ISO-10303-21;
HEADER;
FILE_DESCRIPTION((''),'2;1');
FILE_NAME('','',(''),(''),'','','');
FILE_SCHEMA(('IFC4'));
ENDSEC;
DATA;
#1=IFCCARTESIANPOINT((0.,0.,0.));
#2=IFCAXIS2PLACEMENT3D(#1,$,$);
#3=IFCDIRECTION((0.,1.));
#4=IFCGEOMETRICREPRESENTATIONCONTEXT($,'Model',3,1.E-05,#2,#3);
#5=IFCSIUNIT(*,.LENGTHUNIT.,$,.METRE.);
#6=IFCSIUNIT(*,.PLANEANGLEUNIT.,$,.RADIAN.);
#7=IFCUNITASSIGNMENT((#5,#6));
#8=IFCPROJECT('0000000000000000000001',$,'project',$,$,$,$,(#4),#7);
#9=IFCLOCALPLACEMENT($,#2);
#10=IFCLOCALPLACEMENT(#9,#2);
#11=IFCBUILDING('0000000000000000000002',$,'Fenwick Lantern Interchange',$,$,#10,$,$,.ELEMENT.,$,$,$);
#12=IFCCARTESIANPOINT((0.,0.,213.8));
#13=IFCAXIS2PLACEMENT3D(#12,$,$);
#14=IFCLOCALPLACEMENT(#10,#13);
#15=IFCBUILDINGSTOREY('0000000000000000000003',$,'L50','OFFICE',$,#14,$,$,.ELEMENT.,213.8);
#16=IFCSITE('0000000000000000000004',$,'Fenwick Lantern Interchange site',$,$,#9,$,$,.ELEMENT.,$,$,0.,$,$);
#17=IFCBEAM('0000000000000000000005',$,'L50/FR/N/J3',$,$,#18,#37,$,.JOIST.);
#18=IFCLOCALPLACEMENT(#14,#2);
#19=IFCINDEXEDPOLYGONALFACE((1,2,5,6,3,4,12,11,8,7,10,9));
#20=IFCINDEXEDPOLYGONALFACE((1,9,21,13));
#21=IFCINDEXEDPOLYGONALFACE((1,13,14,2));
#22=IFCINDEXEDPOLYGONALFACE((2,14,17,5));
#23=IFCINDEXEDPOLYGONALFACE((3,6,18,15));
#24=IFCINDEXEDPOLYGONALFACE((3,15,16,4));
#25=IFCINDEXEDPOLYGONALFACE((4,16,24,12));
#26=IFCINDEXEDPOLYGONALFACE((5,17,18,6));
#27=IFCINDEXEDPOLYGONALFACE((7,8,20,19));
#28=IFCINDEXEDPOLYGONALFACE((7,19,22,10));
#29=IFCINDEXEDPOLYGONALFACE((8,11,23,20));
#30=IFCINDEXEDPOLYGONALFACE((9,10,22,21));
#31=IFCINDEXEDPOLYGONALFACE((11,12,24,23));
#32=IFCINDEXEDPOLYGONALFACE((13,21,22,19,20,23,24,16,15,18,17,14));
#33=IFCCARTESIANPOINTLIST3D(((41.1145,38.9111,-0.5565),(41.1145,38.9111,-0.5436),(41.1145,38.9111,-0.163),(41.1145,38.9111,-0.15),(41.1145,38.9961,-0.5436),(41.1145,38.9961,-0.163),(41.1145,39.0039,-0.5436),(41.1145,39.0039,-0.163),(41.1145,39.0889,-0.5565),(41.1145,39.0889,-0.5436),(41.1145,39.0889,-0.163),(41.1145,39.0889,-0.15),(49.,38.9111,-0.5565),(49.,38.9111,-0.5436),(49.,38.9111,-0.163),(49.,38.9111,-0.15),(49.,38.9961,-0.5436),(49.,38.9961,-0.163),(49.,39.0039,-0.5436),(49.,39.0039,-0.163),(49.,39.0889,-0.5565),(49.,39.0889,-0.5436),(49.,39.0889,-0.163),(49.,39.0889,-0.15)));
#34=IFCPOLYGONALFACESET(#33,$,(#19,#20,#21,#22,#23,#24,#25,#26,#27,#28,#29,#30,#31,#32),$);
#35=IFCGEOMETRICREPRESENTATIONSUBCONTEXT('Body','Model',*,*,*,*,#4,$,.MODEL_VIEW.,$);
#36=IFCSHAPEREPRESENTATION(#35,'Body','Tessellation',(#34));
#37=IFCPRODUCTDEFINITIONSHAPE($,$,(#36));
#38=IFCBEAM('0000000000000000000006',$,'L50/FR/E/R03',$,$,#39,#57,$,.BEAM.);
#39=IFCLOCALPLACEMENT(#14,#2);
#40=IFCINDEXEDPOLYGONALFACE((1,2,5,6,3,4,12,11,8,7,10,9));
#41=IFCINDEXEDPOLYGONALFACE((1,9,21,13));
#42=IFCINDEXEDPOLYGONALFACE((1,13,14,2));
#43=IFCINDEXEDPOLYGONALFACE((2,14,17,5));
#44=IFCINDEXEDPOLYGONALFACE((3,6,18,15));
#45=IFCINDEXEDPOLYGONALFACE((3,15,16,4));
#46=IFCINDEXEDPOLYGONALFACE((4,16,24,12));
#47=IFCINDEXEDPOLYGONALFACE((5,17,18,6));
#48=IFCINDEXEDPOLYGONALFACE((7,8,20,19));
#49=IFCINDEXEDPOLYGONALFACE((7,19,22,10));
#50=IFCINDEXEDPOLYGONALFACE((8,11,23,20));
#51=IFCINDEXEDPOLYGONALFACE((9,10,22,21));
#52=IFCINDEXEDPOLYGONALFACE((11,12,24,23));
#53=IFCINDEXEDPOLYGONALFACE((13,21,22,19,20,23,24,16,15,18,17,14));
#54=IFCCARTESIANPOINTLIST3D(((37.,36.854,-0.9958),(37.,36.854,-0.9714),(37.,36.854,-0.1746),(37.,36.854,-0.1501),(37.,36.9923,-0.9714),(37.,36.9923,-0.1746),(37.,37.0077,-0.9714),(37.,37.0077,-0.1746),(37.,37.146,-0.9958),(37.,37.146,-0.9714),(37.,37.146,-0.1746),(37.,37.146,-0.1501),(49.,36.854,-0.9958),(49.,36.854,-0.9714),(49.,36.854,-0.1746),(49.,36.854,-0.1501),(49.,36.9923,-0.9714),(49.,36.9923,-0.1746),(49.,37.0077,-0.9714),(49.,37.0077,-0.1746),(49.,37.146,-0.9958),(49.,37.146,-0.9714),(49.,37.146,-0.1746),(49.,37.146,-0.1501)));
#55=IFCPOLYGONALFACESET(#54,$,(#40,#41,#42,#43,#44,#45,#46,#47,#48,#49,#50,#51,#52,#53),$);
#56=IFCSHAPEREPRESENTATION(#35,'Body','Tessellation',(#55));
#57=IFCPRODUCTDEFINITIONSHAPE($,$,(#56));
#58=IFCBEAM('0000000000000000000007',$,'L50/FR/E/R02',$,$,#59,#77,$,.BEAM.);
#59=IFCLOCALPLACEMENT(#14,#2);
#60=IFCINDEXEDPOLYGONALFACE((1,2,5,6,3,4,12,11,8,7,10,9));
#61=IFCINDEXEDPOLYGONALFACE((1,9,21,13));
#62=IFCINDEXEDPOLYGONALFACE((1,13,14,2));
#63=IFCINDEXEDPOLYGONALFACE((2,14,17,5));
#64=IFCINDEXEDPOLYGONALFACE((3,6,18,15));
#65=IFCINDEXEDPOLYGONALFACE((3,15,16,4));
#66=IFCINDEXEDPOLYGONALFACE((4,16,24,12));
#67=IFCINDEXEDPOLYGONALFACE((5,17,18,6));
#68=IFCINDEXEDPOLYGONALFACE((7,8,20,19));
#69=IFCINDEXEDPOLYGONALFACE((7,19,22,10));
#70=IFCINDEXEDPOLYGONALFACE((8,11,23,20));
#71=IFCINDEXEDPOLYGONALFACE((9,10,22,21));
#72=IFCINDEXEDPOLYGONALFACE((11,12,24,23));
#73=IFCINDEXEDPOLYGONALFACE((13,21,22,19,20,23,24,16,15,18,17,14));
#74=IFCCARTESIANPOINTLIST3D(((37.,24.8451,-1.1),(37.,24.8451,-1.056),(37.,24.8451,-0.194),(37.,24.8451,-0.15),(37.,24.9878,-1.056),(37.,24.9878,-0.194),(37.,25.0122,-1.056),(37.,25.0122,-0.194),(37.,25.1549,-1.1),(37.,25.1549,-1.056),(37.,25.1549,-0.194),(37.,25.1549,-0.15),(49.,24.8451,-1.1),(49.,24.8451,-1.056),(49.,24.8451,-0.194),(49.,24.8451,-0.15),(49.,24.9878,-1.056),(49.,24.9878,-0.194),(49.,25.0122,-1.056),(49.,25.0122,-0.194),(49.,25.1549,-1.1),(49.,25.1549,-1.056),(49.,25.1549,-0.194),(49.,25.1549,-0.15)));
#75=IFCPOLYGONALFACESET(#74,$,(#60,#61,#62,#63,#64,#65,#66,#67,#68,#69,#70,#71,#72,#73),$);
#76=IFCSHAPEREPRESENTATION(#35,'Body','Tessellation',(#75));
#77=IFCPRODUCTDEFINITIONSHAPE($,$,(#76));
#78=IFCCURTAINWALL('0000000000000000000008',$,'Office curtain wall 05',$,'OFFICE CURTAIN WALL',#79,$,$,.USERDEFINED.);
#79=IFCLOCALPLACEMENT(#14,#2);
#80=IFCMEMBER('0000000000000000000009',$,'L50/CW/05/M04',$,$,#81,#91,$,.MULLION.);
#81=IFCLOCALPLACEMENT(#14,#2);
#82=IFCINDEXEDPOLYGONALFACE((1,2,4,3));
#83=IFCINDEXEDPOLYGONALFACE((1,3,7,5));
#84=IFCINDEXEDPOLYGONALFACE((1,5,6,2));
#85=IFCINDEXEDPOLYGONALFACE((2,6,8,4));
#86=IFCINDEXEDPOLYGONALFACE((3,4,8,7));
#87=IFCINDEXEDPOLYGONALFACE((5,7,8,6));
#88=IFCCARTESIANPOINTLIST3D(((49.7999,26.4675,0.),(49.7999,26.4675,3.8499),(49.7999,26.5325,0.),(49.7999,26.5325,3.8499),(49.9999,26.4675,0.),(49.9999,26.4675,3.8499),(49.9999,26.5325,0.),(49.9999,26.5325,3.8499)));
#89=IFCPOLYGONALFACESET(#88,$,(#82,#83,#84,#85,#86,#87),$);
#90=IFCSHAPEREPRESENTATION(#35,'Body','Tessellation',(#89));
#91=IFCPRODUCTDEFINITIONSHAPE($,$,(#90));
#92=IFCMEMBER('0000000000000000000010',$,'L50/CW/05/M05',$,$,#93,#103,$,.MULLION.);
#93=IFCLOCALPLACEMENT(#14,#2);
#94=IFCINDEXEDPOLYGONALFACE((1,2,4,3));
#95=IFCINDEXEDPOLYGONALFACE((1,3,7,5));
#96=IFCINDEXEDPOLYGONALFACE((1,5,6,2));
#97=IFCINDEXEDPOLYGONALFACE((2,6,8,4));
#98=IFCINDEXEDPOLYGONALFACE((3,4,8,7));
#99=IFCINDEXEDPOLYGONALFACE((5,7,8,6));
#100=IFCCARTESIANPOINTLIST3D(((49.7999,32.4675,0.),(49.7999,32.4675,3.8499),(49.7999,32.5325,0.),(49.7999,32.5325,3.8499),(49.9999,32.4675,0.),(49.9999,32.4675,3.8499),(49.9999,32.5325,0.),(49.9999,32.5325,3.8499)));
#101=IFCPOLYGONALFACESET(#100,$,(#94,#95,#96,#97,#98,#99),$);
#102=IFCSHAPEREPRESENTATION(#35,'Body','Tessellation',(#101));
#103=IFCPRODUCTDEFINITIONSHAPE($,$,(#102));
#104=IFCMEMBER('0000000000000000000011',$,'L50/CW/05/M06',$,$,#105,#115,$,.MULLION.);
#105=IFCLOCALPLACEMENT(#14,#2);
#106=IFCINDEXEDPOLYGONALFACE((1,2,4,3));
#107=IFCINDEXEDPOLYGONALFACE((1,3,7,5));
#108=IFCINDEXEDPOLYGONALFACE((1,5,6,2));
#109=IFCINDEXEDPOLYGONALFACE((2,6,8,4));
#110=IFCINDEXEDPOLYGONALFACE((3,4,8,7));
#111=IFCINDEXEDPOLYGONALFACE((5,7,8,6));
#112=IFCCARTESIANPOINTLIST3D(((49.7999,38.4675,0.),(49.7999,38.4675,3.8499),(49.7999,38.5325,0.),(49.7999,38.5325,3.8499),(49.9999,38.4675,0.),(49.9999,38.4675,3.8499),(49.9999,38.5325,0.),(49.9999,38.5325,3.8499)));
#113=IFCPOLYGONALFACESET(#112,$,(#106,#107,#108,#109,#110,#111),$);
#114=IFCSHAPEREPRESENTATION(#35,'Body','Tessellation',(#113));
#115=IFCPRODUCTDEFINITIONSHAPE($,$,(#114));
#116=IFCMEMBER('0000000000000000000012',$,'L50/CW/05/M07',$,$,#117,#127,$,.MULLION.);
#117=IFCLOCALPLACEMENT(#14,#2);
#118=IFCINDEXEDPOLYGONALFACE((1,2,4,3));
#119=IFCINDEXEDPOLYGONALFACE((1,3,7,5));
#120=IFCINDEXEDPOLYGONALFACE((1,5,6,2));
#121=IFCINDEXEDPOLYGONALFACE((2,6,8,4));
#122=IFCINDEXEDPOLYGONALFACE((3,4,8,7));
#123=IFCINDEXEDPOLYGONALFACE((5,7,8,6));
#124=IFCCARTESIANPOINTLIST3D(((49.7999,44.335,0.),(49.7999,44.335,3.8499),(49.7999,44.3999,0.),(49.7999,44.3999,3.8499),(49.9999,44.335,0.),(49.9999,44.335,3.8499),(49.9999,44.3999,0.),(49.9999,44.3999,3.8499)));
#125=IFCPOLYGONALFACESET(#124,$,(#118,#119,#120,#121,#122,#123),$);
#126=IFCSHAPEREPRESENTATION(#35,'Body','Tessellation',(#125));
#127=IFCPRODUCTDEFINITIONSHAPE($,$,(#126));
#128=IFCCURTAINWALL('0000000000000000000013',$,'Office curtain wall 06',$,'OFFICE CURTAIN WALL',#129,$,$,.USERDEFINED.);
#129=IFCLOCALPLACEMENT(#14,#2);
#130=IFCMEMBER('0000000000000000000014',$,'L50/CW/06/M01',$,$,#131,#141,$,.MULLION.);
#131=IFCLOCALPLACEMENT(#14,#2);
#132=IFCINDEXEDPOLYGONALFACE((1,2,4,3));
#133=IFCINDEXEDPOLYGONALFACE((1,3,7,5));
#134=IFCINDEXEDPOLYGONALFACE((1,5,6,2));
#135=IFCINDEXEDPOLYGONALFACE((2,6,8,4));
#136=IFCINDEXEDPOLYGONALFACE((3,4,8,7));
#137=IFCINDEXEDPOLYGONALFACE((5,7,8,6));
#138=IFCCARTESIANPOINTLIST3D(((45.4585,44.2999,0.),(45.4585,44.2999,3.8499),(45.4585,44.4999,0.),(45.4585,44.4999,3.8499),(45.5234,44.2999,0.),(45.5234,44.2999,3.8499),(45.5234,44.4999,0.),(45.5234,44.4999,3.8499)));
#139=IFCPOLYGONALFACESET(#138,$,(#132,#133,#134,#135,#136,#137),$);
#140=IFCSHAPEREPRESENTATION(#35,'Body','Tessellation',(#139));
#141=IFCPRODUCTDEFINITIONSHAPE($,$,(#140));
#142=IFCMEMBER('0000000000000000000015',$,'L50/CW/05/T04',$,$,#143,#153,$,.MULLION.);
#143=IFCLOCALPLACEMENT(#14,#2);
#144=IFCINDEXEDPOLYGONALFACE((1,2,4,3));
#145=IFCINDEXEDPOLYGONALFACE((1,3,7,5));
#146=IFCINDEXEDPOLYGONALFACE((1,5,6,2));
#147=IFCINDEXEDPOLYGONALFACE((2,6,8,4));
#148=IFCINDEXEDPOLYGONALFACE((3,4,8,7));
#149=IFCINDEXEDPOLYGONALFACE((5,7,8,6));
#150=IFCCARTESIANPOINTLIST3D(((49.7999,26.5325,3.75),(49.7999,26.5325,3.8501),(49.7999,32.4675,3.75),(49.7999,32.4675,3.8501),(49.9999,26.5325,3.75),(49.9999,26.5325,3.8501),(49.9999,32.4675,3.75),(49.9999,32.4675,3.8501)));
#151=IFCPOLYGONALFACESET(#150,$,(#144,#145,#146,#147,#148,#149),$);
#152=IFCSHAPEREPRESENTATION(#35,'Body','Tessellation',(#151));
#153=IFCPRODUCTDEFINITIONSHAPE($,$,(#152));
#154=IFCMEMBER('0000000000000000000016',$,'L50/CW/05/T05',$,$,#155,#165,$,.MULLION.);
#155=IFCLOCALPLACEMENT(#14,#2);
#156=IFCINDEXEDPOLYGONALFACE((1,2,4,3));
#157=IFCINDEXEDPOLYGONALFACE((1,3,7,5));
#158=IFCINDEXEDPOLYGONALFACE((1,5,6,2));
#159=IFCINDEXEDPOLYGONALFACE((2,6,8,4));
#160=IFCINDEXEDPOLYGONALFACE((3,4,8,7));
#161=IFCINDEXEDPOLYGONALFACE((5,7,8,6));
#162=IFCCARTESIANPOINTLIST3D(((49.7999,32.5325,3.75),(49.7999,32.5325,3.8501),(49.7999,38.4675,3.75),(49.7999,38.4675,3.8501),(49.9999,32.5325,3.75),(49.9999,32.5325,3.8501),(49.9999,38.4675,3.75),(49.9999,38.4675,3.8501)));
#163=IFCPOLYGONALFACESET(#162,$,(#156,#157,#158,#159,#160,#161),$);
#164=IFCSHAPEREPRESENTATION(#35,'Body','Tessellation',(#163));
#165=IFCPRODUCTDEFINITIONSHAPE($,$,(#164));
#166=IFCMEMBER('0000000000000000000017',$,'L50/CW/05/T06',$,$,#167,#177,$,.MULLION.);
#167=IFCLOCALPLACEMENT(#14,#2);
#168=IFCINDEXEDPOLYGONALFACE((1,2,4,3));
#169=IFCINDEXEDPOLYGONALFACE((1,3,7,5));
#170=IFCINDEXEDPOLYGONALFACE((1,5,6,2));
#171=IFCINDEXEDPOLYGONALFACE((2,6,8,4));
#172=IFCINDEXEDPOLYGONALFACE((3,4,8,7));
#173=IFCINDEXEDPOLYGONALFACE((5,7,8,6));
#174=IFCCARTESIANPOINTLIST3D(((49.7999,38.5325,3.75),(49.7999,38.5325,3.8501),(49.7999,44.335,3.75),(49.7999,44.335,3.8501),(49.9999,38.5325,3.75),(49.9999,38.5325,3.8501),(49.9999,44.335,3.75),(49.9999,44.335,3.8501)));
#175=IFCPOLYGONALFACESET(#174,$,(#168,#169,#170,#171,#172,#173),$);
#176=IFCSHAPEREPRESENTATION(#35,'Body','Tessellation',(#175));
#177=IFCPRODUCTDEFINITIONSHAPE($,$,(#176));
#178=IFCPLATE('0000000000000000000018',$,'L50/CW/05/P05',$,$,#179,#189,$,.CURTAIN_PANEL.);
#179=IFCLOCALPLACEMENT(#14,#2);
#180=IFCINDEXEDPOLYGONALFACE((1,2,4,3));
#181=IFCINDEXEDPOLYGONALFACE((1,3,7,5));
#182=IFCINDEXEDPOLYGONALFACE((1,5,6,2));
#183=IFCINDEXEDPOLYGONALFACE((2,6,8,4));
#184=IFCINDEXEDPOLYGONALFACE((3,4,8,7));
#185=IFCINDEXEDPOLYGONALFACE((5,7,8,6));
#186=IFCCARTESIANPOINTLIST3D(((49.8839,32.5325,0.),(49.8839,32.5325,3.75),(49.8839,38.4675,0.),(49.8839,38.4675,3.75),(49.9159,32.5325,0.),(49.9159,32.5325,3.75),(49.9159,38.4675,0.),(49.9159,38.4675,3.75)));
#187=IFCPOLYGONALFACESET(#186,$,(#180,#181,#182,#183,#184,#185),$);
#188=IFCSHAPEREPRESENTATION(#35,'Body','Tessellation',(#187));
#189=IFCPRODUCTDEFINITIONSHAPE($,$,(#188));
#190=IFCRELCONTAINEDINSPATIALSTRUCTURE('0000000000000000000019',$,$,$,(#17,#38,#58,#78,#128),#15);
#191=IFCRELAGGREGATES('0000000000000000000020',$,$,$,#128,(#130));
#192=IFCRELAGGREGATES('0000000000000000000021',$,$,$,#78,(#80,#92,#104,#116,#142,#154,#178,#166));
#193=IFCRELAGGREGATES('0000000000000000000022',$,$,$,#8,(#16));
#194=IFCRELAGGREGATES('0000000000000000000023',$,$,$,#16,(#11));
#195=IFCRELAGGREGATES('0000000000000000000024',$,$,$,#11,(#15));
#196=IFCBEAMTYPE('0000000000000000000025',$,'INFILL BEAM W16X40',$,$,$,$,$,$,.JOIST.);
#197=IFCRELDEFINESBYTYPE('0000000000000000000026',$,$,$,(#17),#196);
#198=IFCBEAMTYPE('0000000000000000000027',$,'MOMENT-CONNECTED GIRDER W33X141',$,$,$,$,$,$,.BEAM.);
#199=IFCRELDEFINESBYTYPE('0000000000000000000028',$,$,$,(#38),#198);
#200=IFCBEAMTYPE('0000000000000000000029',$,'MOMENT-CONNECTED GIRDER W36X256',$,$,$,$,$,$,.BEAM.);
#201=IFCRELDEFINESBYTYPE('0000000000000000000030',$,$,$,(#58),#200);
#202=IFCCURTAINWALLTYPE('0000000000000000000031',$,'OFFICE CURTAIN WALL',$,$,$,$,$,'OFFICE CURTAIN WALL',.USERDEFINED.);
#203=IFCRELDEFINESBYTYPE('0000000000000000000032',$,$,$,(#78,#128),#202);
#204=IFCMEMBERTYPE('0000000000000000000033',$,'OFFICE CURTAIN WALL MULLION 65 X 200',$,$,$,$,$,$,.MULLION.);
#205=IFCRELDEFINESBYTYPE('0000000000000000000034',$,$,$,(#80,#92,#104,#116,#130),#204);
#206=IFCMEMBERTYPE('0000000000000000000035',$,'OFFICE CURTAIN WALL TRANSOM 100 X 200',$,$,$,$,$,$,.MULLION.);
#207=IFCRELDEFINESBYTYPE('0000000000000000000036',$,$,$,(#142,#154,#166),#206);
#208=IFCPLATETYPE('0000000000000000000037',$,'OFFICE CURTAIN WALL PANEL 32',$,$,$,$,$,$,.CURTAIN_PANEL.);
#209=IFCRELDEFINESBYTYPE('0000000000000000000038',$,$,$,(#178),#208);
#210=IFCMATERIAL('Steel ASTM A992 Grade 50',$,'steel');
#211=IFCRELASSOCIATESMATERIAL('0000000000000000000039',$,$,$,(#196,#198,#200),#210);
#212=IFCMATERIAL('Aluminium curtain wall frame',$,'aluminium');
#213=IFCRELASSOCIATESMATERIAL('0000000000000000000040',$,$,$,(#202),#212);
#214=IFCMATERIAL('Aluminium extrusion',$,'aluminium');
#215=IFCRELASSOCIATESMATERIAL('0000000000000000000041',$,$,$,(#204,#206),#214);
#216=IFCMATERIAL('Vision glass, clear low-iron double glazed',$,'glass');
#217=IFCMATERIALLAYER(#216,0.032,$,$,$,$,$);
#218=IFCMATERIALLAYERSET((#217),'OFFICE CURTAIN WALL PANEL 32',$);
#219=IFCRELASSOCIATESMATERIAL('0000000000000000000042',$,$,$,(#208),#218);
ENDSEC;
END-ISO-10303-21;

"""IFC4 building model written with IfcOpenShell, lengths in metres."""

from ifc_helpers import new_model, si_unit, direction, frame, origin, origin_2d, place, context, subcontext, project, spatial, rectangle, i_section, extrude, material, layer, layer_set, material_profile, profile_set, type_object, element, aggregate, save


model = new_model("IFC4")

# Units and contexts
model_context = context("Model", 3, precision=1e-05, world=origin(), true_north=direction((0.0, 1.0)))
body_context = subcontext(model_context, "Body", "Model", "MODEL_VIEW")
ifc_project = project(units=[si_unit("LENGTHUNIT", "METRE"), si_unit("PLANEANGLEUNIT", "RADIAN")], contexts=[model_context])

# Site, building, storey
site_placement = place(None, origin())
site = spatial("IfcSite", under=ifc_project, at=site_placement, Name="Fenwick Lantern Interchange site", CompositionType="ELEMENT", RefElevation=0.0)
building_placement = place(site_placement, origin())
building = spatial("IfcBuilding", under=site, at=building_placement, Name="Fenwick Lantern Interchange", CompositionType="ELEMENT")
storey_placement = place(building_placement, frame((0.0, 0.0, 213.8)))
storey = spatial("IfcBuildingStorey", under=building, at=storey_placement, Name="L50", Description="OFFICE", CompositionType="ELEMENT", Elevation=213.8)

# Shared definitions
ifc_material_1 = material(Name="Steel ASTM A992 Grade 50", Category="steel")

# Beams
ifc_material_profile_1 = material_profile(ifc_material_1, i_section(OverallWidth=0.1777, OverallDepth=0.4065, WebThickness=0.0078, FlangeThickness=0.0129, at=origin_2d()), Name="W16X40")
ifc_profile_set_1 = profile_set([ifc_material_profile_1], Name="Steel ASTM A992 Grade 50")
beam_type_1 = type_object("IfcBeamType", Name="INFILL BEAM W16X40", PredefinedType="JOIST", material=ifc_profile_set_1)
beam_1_placement = place(storey_placement, frame((49.0, 39.0, -0.3533), z_axis=(-1.0, 0.0, 0.0), x_axis=(0.0, -1.0, 0.0)))
element("IfcBeam", 1, at=beam_1_placement, inside=storey, type_object=beam_type_1, Name="L50/FR/N/J3", PredefinedType="JOIST", context=body_context, shape_type="SweptSolid", body=[
    extrude(i_section(OverallWidth=0.1777, OverallDepth=0.4065, WebThickness=0.0078, FlangeThickness=0.0129, at=origin_2d()), origin(), (0.0, 0.0, 1.0), 7.8855),
])
ifc_material_profile_2 = material_profile(ifc_material_1, i_section(OverallWidth=0.292, OverallDepth=0.8457, WebThickness=0.0154, FlangeThickness=0.0244, at=origin_2d()), Name="W33X141")
ifc_profile_set_2 = profile_set([ifc_material_profile_2], Name="Steel ASTM A992 Grade 50")
beam_type_2 = type_object("IfcBeamType", Name="MOMENT-CONNECTED GIRDER W33X141", PredefinedType="BEAM", material=ifc_profile_set_2)
beam_2_placement = place(storey_placement, frame((49.0, 37.0, -0.573), z_axis=(-1.0, 0.0, 0.0), x_axis=(0.0, -1.0, 0.0)))
element("IfcBeam", 2, at=beam_2_placement, inside=storey, type_object=beam_type_2, Name="L50/FR/E/R03", PredefinedType="BEAM", context=body_context, shape_type="SweptSolid", body=[
    extrude(i_section(OverallWidth=0.292, OverallDepth=0.8457, WebThickness=0.0154, FlangeThickness=0.0244, at=origin_2d()), origin(), (0.0, 0.0, 1.0), 12.0),
])
ifc_material_profile_3 = material_profile(ifc_material_1, i_section(OverallWidth=0.3098, OverallDepth=0.95, WebThickness=0.0244, FlangeThickness=0.0439, at=origin_2d()), Name="W36X256")
ifc_profile_set_3 = profile_set([ifc_material_profile_3], Name="Steel ASTM A992 Grade 50")
beam_type_3 = type_object("IfcBeamType", Name="MOMENT-CONNECTED GIRDER W36X256", PredefinedType="BEAM", material=ifc_profile_set_3)
beam_3_placement = place(storey_placement, frame((49.0, 25.0, -0.625), z_axis=(-1.0, 0.0, 0.0), x_axis=(0.0, -1.0, 0.0)))
element("IfcBeam", 3, at=beam_3_placement, inside=storey, type_object=beam_type_3, Name="L50/FR/E/R02", PredefinedType="BEAM", context=body_context, shape_type="SweptSolid", body=[
    extrude(i_section(OverallWidth=0.3098, OverallDepth=0.95, WebThickness=0.0244, FlangeThickness=0.0439, at=origin_2d()), origin(), (0.0, 0.0, 1.0), 12.0),
])

# Curtain wall, members
ifc_material_2 = material(Name="Aluminium curtain wall frame", Category="aluminium")
curtain_wall_type = type_object("IfcCurtainWallType", Name="OFFICE CURTAIN WALL", ElementType="OFFICE CURTAIN WALL", PredefinedType="USERDEFINED", material=ifc_material_2)
curtain_wall_1_placement = place(storey_placement, origin())
curtain_wall_1 = element("IfcCurtainWall", 4, at=curtain_wall_1_placement, inside=storey, type_object=curtain_wall_type, Name="Office curtain wall 05", ObjectType="OFFICE CURTAIN WALL", PredefinedType="USERDEFINED")
ifc_material_3 = material(Name="Aluminium extrusion", Category="aluminium")
ifc_material_profile_4 = material_profile(ifc_material_3, rectangle(XDim=0.2, YDim=0.0649, at=origin_2d()), Name="OFFICE CURTAIN WALL MULLION 65 X 200")
ifc_profile_set_4 = profile_set([ifc_material_profile_4], Name="Aluminium extrusion")
member_type_1 = type_object("IfcMemberType", Name="OFFICE CURTAIN WALL MULLION 65 X 200", PredefinedType="MULLION", material=ifc_profile_set_4)
member_1_placement = place(storey_placement, frame((49.8999, 26.5, 0.0), z_axis=(0.0, 0.0, 1.0), x_axis=(-1.0, 0.0, 0.0)))
member_1 = element("IfcMember", 5, at=member_1_placement, type_object=member_type_1, Name="L50/CW/05/M04", PredefinedType="MULLION", context=body_context, shape_type="SweptSolid", body=[
    extrude(rectangle(XDim=0.2, YDim=0.0649, at=origin_2d()), origin(), (0.0, 0.0, 1.0), 3.8499),
])
member_2_placement = place(storey_placement, frame((49.8999, 32.5, 0.0), z_axis=(0.0, 0.0, 1.0), x_axis=(-1.0, 0.0, 0.0)))
member_2 = element("IfcMember", 6, at=member_2_placement, type_object=member_type_1, Name="L50/CW/05/M05", PredefinedType="MULLION", context=body_context, shape_type="SweptSolid", body=[
    extrude(rectangle(XDim=0.2, YDim=0.0649, at=origin_2d()), origin(), (0.0, 0.0, 1.0), 3.8499),
])
member_3_placement = place(storey_placement, frame((49.8999, 38.5, 0.0), z_axis=(0.0, 0.0, 1.0), x_axis=(-1.0, 0.0, 0.0)))
member_3 = element("IfcMember", 7, at=member_3_placement, type_object=member_type_1, Name="L50/CW/05/M06", PredefinedType="MULLION", context=body_context, shape_type="SweptSolid", body=[
    extrude(rectangle(XDim=0.2, YDim=0.0649, at=origin_2d()), origin(), (0.0, 0.0, 1.0), 3.8499),
])
member_4_placement = place(storey_placement, frame((49.8999, 44.3674, 0.0), z_axis=(0.0, 0.0, 1.0), x_axis=(-1.0, 0.0, 0.0)))
member_4 = element("IfcMember", 8, at=member_4_placement, type_object=member_type_1, Name="L50/CW/05/M07", PredefinedType="MULLION", context=body_context, shape_type="SweptSolid", body=[
    extrude(rectangle(XDim=0.2, YDim=0.0649, at=origin_2d()), origin(), (0.0, 0.0, 1.0), 3.8499),
])

# Curtain wall, member
curtain_wall_2_placement = place(storey_placement, origin())
curtain_wall_2 = element("IfcCurtainWall", 9, at=curtain_wall_2_placement, inside=storey, type_object=curtain_wall_type, Name="Office curtain wall 06", ObjectType="OFFICE CURTAIN WALL", PredefinedType="USERDEFINED")
member_5_placement = place(storey_placement, frame((45.491, 44.3999, 0.0), z_axis=(0.0, 0.0, 1.0), x_axis=(0.0, -1.0, 0.0)))
member_5 = element("IfcMember", 10, at=member_5_placement, type_object=member_type_1, Name="L50/CW/06/M01", PredefinedType="MULLION", context=body_context, shape_type="SweptSolid", body=[
    extrude(rectangle(XDim=0.2, YDim=0.0649, at=origin_2d()), origin(), (0.0, 0.0, 1.0), 3.8499),
])
aggregate(curtain_wall_2, [member_5])

# Members
ifc_material_profile_5 = material_profile(ifc_material_3, rectangle(XDim=0.2, YDim=0.1001, at=origin_2d()), Name="OFFICE CURTAIN WALL TRANSOM 100 X 200")
ifc_profile_set_5 = profile_set([ifc_material_profile_5], Name="Aluminium extrusion")
member_type_2 = type_object("IfcMemberType", Name="OFFICE CURTAIN WALL TRANSOM 100 X 200", PredefinedType="MULLION", material=ifc_profile_set_5)
member_6_placement = place(storey_placement, frame((49.8999, 26.5325, 3.8), z_axis=(0.0, 1.0, 0.0), x_axis=(-1.0, 0.0, 0.0)))
member_6 = element("IfcMember", 11, at=member_6_placement, type_object=member_type_2, Name="L50/CW/05/T04", PredefinedType="MULLION", context=body_context, shape_type="SweptSolid", body=[
    extrude(rectangle(XDim=0.2, YDim=0.1001, at=origin_2d()), origin(), (0.0, 0.0, 1.0), 5.9351),
])
member_7_placement = place(storey_placement, frame((49.8999, 32.5325, 3.8), z_axis=(0.0, 1.0, 0.0), x_axis=(-1.0, 0.0, 0.0)))
member_7 = element("IfcMember", 12, at=member_7_placement, type_object=member_type_2, Name="L50/CW/05/T05", PredefinedType="MULLION", context=body_context, shape_type="SweptSolid", body=[
    extrude(rectangle(XDim=0.2, YDim=0.1001, at=origin_2d()), origin(), (0.0, 0.0, 1.0), 5.9351),
])
member_8_placement = place(storey_placement, frame((49.8999, 38.5325, 3.8), z_axis=(0.0, 1.0, 0.0), x_axis=(-1.0, 0.0, 0.0)))
member_8 = element("IfcMember", 13, at=member_8_placement, type_object=member_type_2, Name="L50/CW/05/T06", PredefinedType="MULLION", context=body_context, shape_type="SweptSolid", body=[
    extrude(rectangle(XDim=0.2, YDim=0.1001, at=origin_2d()), origin(), (0.0, 0.0, 1.0), 5.8025),
])

# Plate
ifc_material_4 = material(Name="Vision glass, clear low-iron double glazed", Category="glass")
ifc_layer_1 = layer(ifc_material_4, 0.032)
ifc_layer_set_1 = layer_set([ifc_layer_1], Name="OFFICE CURTAIN WALL PANEL 32")
plate_type = type_object("IfcPlateType", Name="OFFICE CURTAIN WALL PANEL 32", PredefinedType="CURTAIN_PANEL", material=ifc_layer_set_1)
plate_placement = place(storey_placement, frame((49.8999, 35.5, 0.0), z_axis=(0.0, 0.0, 1.0), x_axis=(0.0, 1.0, 0.0)))
plate = element("IfcPlate", 14, at=plate_placement, type_object=plate_type, Name="L50/CW/05/P05", PredefinedType="CURTAIN_PANEL", context=body_context, shape_type="SweptSolid", body=[
    extrude(rectangle(XDim=5.9351, YDim=0.032, at=origin_2d()), origin(), (0.0, 0.0, 1.0), 3.75),
])
aggregate(curtain_wall_1, [member_1, member_2, member_3, member_4, member_6, member_7, plate, member_8])

save(model, "model.ifc")
